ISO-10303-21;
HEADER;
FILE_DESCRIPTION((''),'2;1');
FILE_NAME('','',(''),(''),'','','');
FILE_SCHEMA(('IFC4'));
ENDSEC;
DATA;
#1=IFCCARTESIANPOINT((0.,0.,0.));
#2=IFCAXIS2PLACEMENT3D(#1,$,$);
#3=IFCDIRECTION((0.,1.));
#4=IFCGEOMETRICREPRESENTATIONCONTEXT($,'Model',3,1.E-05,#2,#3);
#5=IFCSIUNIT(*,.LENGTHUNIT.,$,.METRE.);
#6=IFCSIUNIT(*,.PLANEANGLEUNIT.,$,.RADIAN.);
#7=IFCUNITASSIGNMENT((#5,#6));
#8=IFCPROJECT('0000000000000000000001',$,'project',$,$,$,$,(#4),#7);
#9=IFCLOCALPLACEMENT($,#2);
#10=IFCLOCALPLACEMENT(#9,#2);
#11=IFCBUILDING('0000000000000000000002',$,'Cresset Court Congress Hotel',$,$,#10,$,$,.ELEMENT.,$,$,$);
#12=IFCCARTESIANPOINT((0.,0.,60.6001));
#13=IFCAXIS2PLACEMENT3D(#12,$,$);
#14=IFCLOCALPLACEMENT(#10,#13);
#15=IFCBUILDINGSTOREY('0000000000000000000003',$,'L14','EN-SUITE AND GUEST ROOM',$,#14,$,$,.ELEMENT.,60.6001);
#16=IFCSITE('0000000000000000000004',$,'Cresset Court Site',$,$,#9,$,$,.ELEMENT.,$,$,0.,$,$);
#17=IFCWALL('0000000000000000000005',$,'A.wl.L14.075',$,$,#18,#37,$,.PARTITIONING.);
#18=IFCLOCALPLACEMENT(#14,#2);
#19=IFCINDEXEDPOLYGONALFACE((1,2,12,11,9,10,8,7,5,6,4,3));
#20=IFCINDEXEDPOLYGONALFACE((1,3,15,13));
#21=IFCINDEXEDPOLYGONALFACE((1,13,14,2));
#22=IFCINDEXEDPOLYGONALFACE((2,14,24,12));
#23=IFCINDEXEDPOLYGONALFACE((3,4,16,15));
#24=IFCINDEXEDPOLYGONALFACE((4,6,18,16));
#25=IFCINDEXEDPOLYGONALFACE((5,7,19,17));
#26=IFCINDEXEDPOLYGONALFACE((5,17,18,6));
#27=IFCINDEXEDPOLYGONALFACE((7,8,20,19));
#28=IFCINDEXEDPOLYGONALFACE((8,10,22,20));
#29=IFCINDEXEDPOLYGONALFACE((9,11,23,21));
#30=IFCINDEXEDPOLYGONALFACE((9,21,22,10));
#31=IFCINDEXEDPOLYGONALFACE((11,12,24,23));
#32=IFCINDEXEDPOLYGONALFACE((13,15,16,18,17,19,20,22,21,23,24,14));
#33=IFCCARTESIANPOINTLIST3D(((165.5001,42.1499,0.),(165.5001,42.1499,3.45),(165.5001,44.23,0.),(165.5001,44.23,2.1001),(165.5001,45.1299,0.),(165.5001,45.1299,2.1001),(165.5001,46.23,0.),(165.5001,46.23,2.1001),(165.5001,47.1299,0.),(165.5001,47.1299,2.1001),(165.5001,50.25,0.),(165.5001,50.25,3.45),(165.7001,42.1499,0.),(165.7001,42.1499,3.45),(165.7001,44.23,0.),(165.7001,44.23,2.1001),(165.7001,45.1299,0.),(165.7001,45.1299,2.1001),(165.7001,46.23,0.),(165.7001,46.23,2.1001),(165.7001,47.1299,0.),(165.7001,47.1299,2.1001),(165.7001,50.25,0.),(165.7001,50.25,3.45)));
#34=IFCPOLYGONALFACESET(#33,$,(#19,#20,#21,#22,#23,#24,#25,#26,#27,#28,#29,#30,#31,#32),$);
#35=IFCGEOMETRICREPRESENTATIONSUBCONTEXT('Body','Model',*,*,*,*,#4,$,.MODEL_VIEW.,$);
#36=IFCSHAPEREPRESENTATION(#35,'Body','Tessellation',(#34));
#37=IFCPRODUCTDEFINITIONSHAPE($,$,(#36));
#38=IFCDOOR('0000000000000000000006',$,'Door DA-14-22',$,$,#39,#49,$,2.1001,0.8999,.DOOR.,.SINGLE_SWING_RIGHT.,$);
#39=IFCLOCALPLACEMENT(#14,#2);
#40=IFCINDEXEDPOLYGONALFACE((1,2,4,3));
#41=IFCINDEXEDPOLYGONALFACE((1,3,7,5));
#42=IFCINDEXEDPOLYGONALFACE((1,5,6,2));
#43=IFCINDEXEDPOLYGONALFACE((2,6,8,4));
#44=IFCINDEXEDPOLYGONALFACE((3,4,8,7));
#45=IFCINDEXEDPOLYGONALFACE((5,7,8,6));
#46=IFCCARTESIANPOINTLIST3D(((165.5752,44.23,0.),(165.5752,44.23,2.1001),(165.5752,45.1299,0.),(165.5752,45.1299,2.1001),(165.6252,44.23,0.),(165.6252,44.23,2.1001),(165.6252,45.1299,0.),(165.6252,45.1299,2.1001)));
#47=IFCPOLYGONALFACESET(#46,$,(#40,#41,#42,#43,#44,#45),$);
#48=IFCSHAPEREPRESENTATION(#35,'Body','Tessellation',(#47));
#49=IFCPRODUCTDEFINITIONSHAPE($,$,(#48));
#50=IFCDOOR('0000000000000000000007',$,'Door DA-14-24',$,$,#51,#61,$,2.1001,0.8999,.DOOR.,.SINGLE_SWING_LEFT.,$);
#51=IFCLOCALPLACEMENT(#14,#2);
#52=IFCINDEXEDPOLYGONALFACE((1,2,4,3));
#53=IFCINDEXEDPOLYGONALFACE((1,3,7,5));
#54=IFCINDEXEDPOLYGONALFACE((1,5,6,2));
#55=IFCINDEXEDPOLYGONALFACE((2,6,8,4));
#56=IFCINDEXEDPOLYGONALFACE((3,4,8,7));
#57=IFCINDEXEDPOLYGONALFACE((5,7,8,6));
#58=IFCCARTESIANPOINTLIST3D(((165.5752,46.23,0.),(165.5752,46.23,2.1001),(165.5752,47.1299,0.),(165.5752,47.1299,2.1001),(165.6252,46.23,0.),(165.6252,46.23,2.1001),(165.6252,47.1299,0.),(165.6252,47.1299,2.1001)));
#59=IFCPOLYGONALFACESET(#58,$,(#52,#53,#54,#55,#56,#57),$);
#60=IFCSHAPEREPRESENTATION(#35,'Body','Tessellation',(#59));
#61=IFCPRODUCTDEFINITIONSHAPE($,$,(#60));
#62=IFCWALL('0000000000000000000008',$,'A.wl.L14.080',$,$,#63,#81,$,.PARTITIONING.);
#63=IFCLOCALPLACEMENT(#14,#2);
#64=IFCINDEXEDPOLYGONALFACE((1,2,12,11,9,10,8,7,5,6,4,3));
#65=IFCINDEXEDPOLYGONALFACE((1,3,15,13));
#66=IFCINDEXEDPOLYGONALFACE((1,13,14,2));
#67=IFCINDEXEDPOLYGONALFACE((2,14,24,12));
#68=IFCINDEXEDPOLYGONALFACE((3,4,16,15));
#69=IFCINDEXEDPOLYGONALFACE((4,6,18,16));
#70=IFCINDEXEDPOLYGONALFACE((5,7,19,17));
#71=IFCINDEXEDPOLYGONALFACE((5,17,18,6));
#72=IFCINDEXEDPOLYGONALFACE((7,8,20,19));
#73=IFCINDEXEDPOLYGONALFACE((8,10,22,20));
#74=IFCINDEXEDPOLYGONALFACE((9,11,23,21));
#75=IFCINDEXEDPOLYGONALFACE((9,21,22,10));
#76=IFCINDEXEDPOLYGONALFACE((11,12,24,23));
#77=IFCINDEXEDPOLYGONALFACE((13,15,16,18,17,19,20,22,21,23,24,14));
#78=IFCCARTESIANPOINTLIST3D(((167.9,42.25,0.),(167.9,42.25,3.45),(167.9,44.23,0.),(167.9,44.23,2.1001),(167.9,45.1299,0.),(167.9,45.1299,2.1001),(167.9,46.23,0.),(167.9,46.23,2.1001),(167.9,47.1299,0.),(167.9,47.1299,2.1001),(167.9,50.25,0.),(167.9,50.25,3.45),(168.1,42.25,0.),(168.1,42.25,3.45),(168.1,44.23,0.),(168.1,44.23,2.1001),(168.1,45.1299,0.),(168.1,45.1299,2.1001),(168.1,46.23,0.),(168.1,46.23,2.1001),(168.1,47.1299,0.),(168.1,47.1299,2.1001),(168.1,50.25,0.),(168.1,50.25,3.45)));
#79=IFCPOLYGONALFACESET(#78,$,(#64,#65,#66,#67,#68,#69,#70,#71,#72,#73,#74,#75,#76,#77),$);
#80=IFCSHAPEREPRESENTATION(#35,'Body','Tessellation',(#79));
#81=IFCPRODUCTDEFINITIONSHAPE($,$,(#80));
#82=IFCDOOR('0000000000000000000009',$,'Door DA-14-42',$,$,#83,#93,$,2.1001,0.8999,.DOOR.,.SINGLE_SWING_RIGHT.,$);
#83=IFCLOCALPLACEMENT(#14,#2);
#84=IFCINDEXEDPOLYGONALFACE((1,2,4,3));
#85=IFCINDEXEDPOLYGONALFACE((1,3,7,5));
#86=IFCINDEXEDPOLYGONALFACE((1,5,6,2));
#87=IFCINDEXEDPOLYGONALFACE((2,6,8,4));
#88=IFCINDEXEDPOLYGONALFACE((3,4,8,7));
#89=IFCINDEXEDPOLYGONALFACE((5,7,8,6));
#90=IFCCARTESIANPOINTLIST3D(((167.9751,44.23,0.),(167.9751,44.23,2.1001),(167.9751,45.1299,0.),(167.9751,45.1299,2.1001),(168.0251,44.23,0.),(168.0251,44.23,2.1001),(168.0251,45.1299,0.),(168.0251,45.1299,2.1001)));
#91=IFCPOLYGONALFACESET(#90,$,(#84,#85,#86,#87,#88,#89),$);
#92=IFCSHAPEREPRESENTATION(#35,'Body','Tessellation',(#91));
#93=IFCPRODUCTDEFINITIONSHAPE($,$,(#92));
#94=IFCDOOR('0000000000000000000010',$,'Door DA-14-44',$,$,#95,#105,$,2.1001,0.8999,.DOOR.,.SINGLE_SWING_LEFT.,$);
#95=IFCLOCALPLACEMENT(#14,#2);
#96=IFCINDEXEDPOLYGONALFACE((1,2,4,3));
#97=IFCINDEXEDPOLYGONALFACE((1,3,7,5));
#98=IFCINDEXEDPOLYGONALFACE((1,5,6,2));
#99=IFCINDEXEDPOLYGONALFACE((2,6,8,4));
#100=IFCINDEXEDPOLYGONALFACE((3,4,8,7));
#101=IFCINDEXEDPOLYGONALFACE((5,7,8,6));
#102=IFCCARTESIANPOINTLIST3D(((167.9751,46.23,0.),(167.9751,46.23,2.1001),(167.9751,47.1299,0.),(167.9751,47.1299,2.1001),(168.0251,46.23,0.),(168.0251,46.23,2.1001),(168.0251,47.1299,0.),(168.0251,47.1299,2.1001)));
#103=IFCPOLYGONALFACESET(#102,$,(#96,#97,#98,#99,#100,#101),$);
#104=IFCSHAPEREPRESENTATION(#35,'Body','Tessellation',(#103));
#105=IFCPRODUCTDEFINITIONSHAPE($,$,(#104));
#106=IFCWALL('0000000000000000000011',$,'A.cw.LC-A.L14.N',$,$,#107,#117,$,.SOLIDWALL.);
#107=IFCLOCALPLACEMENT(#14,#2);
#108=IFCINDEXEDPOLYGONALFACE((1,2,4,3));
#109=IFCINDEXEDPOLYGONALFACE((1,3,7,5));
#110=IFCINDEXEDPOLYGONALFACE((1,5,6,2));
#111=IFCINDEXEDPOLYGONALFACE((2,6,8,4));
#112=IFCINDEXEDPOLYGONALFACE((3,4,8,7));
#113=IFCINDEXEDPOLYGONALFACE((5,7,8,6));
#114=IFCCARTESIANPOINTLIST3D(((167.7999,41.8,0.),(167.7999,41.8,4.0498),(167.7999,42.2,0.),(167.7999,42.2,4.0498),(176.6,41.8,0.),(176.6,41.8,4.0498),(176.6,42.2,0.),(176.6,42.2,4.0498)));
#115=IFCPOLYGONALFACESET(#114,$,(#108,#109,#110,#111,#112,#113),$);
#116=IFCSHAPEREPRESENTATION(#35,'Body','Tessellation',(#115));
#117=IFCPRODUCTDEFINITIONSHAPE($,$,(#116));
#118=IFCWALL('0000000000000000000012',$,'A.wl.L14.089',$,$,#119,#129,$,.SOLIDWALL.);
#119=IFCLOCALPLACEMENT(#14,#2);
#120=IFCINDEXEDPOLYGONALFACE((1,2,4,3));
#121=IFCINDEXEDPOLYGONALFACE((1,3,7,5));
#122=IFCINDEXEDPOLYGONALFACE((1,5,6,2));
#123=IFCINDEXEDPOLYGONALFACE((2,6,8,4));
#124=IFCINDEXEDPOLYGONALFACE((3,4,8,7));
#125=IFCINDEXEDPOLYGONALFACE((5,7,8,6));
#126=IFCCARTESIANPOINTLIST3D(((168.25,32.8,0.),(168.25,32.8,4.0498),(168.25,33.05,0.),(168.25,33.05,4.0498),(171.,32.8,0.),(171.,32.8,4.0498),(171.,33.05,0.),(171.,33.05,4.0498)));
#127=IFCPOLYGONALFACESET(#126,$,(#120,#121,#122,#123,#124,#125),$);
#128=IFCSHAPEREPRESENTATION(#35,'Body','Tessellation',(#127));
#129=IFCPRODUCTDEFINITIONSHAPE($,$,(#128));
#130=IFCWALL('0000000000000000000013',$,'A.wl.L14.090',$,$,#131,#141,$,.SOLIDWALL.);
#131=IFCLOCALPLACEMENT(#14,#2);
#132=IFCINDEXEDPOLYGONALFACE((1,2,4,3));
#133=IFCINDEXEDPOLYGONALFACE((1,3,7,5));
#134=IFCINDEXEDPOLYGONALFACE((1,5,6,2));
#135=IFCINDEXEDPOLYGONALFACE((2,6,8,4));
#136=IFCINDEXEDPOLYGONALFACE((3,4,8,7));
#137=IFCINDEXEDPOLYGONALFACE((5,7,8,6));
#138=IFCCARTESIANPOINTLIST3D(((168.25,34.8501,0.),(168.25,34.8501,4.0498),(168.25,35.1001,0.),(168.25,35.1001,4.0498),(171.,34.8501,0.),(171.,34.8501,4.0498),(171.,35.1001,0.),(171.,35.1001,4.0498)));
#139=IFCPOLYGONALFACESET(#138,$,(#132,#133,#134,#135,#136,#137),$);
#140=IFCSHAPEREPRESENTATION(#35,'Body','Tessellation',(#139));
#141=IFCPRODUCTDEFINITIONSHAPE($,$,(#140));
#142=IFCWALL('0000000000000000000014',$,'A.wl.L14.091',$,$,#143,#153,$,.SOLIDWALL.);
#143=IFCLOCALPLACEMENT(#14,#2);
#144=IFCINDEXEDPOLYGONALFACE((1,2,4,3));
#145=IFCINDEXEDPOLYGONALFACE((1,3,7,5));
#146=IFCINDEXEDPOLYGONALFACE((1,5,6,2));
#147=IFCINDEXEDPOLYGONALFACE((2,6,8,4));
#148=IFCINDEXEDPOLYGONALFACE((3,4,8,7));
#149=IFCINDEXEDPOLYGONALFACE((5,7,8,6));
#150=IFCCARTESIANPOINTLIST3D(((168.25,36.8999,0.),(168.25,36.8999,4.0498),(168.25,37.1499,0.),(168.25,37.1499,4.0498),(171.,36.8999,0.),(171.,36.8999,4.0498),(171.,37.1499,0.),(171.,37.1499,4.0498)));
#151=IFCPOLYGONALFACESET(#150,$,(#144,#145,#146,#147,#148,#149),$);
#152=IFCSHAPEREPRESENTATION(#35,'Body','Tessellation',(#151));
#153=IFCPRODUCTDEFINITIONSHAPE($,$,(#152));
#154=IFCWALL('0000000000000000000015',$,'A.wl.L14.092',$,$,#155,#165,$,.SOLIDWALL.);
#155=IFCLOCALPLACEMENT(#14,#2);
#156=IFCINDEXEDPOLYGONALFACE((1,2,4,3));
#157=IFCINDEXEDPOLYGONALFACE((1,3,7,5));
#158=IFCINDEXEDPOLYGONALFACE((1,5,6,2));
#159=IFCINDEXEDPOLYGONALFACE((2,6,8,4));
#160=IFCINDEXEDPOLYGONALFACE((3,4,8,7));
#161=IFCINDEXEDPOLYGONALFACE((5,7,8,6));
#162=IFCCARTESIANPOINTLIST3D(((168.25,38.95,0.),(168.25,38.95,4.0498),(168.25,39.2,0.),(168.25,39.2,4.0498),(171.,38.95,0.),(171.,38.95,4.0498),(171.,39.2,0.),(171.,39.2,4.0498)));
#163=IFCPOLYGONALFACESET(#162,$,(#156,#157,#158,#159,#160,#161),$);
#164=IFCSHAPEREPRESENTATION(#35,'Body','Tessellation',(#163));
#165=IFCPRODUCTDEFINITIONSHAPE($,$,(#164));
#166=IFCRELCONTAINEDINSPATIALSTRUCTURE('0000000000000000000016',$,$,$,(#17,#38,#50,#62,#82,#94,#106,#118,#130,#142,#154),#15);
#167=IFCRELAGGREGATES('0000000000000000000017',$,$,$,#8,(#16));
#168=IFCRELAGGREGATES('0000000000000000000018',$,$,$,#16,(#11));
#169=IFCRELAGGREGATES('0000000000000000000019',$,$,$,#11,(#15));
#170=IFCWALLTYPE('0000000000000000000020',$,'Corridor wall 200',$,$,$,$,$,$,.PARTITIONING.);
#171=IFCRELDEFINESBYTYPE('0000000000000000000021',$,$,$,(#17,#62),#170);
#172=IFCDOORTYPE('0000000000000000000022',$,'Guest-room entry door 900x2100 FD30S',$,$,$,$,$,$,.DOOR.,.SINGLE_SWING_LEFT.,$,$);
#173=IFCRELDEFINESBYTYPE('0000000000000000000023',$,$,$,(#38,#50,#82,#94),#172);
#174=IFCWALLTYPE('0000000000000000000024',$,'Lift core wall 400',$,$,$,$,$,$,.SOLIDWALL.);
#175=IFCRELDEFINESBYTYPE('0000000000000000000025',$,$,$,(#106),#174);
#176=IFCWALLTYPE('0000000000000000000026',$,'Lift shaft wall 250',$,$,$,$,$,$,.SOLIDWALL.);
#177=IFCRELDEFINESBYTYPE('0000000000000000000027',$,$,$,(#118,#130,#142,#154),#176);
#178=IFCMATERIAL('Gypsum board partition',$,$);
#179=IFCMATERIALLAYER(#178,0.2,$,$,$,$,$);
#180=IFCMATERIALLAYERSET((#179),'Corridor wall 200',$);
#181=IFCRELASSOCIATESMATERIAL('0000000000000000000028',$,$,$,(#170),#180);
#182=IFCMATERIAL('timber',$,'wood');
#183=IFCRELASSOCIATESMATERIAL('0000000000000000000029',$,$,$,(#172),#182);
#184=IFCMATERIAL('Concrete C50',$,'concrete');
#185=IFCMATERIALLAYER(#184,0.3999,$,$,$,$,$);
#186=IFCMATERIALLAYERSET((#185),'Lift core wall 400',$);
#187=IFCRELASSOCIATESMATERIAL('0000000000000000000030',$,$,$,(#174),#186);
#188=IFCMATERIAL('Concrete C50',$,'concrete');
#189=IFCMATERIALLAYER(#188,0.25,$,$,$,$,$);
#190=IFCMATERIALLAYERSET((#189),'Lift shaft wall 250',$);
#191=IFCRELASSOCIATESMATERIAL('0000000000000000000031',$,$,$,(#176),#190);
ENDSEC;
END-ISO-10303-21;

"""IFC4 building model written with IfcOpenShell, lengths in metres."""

from ifc_helpers import new_model, si_unit, direction, frame, frame_2d, origin, place, context, subcontext, project, spatial, rectangle, extrude, material, layer, layer_set, type_object, element, fill, save


model = new_model("IFC4")

# Units and contexts
model_context = context("Model", 3, precision=1e-05, world=origin(), true_north=direction((0.0, 1.0)))
body_context = subcontext(model_context, "Body", "Model", "MODEL_VIEW")
ifc_project = project(units=[si_unit("LENGTHUNIT", "METRE"), si_unit("PLANEANGLEUNIT", "RADIAN")], contexts=[model_context])

# Site, building, storey
site_placement = place(None, origin())
site = spatial("IfcSite", under=ifc_project, at=site_placement, Name="Cresset Court Site", CompositionType="ELEMENT", RefElevation=0.0)
building_placement = place(site_placement, origin())
building = spatial("IfcBuilding", under=site, at=building_placement, Name="Cresset Court Congress Hotel", CompositionType="ELEMENT")
storey_placement = place(building_placement, frame((0.0, 0.0, 60.6001)))
storey = spatial("IfcBuildingStorey", under=building, at=storey_placement, Name="L14", Description="EN-SUITE AND GUEST ROOM", CompositionType="ELEMENT", Elevation=60.6001)

# Walls, openings, doors
ifc_material_1 = material(Name="Gypsum board partition")
ifc_layer_1 = layer(ifc_material_1, 0.2)
ifc_layer_set_1 = layer_set([ifc_layer_1], Name="Corridor wall 200")
wall_type_1 = type_object("IfcWallType", Name="Corridor wall 200", PredefinedType="PARTITIONING", material=ifc_layer_set_1)
ifc_material_2 = material(Name="timber", Category="wood")
door_type = type_object("IfcDoorType", Name="Guest-room entry door 900x2100 FD30S", OperationType="SINGLE_SWING_LEFT", PredefinedType="DOOR", material=ifc_material_2)
wall_1_placement = place(storey_placement, frame((165.6001, 42.1499, 0.0), z_axis=(0.0, 0.0, 1.0), x_axis=(0.0, 1.0, 0.0)))
wall_1 = element("IfcWall", 1, at=wall_1_placement, inside=storey, type_object=wall_type_1, Name="A.wl.L14.075", PredefinedType="PARTITIONING", context=body_context, shape_type="SweptSolid", body=[
    extrude(rectangle(XDim=8.1001, YDim=0.2, at=frame_2d((4.05, 0.0))), origin(), (0.0, 0.0, 1.0), 3.45),
])
opening_1_placement = place(wall_1_placement, frame((2.0801, 0.0, 0.0)))
opening_1 = element("IfcOpeningElement", 2, at=opening_1_placement, cuts=wall_1, PredefinedType="OPENING", context=body_context, shape_type="SweptSolid", body=[
    extrude(rectangle(XDim=0.8999, YDim=2.1001, at=frame_2d((0.45, 1.05))), frame((0.0, 0.1099, 0.0), z_axis=(0.0, -1.0, 0.0), x_axis=(1.0, 0.0, 0.0)), (0.0, 0.0, 1.0), 0.22),
])
opening_2_placement = place(wall_1_placement, frame((4.0801, 0.0, 0.0)))
opening_2 = element("IfcOpeningElement", 3, at=opening_2_placement, cuts=wall_1, PredefinedType="OPENING", context=body_context, shape_type="SweptSolid", body=[
    extrude(rectangle(XDim=0.8999, YDim=2.1001, at=frame_2d((0.45, 1.05))), frame((0.0, 0.1099, 0.0), z_axis=(0.0, -1.0, 0.0), x_axis=(1.0, 0.0, 0.0)), (0.0, 0.0, 1.0), 0.22),
])
door_1_placement = place(opening_1_placement, origin())
door_1 = element("IfcDoor", 4, at=door_1_placement, inside=storey, type_object=door_type, Name="Door DA-14-22", OperationType="SINGLE_SWING_RIGHT", OverallHeight=2.1001, OverallWidth=0.8999, PredefinedType="DOOR", context=body_context, shape_type="SweptSolid", body=[
    extrude(rectangle(XDim=0.8999, YDim=2.1001, at=frame_2d((0.45, 1.05))), frame((0.0, 0.0249, 0.0), z_axis=(0.0, -1.0, 0.0), x_axis=(1.0, 0.0, 0.0)), (0.0, 0.0, 1.0), 0.05),
])
fill(opening_1, door_1)
door_2_placement = place(opening_2_placement, origin())
door_2 = element("IfcDoor", 5, at=door_2_placement, inside=storey, type_object=door_type, Name="Door DA-14-24", OperationType="SINGLE_SWING_LEFT", OverallHeight=2.1001, OverallWidth=0.8999, PredefinedType="DOOR", context=body_context, shape_type="SweptSolid", body=[
    extrude(rectangle(XDim=0.8999, YDim=2.1001, at=frame_2d((0.45, 1.05))), frame((0.0, 0.0249, 0.0), z_axis=(0.0, -1.0, 0.0), x_axis=(1.0, 0.0, 0.0)), (0.0, 0.0, 1.0), 0.05),
])
fill(opening_2, door_2)
wall_2_placement = place(storey_placement, frame((168.0, 42.25, 0.0), z_axis=(0.0, 0.0, 1.0), x_axis=(0.0, 1.0, 0.0)))
wall_2 = element("IfcWall", 6, at=wall_2_placement, inside=storey, type_object=wall_type_1, Name="A.wl.L14.080", PredefinedType="PARTITIONING", context=body_context, shape_type="SweptSolid", body=[
    extrude(rectangle(XDim=8.0, YDim=0.2, at=frame_2d((4.0, 0.0))), origin(), (0.0, 0.0, 1.0), 3.45),
])
opening_3_placement = place(wall_2_placement, frame((1.98, 0.0, 0.0)))
opening_3 = element("IfcOpeningElement", 7, at=opening_3_placement, cuts=wall_2, PredefinedType="OPENING", context=body_context, shape_type="SweptSolid", body=[
    extrude(rectangle(XDim=0.8999, YDim=2.1001, at=frame_2d((0.45, 1.05))), frame((0.0, 0.1099, 0.0), z_axis=(0.0, -1.0, 0.0), x_axis=(1.0, 0.0, 0.0)), (0.0, 0.0, 1.0), 0.22),
])
opening_4_placement = place(wall_2_placement, frame((3.98, 0.0, 0.0)))
opening_4 = element("IfcOpeningElement", 8, at=opening_4_placement, cuts=wall_2, PredefinedType="OPENING", context=body_context, shape_type="SweptSolid", body=[
    extrude(rectangle(XDim=0.8999, YDim=2.1001, at=frame_2d((0.45, 1.05))), frame((0.0, 0.1099, 0.0), z_axis=(0.0, -1.0, 0.0), x_axis=(1.0, 0.0, 0.0)), (0.0, 0.0, 1.0), 0.22),
])
door_3_placement = place(opening_3_placement, origin())
door_3 = element("IfcDoor", 9, at=door_3_placement, inside=storey, type_object=door_type, Name="Door DA-14-42", OperationType="SINGLE_SWING_RIGHT", OverallHeight=2.1001, OverallWidth=0.8999, PredefinedType="DOOR", context=body_context, shape_type="SweptSolid", body=[
    extrude(rectangle(XDim=0.8999, YDim=2.1001, at=frame_2d((0.45, 1.05))), frame((0.0, 0.0249, 0.0), z_axis=(0.0, -1.0, 0.0), x_axis=(1.0, 0.0, 0.0)), (0.0, 0.0, 1.0), 0.05),
])
fill(opening_3, door_3)
door_4_placement = place(opening_4_placement, origin())
door_4 = element("IfcDoor", 10, at=door_4_placement, inside=storey, type_object=door_type, Name="Door DA-14-44", OperationType="SINGLE_SWING_LEFT", OverallHeight=2.1001, OverallWidth=0.8999, PredefinedType="DOOR", context=body_context, shape_type="SweptSolid", body=[
    extrude(rectangle(XDim=0.8999, YDim=2.1001, at=frame_2d((0.45, 1.05))), frame((0.0, 0.0249, 0.0), z_axis=(0.0, -1.0, 0.0), x_axis=(1.0, 0.0, 0.0)), (0.0, 0.0, 1.0), 0.05),
])
fill(opening_4, door_4)

# Walls
ifc_material_3 = material(Name="Concrete C50", Category="concrete")
ifc_layer_2 = layer(ifc_material_3, 0.3999)
ifc_layer_set_2 = layer_set([ifc_layer_2], Name="Lift core wall 400")
wall_type_2 = type_object("IfcWallType", Name="Lift core wall 400", PredefinedType="SOLIDWALL", material=ifc_layer_set_2)
wall_3_placement = place(storey_placement, frame((167.8, 42.0, 0.0), z_axis=(0.0, 0.0, 1.0), x_axis=(1.0, 0.0, 0.0)))
element("IfcWall", 11, at=wall_3_placement, inside=storey, type_object=wall_type_2, Name="A.cw.LC-A.L14.N", PredefinedType="SOLIDWALL", context=body_context, shape_type="SweptSolid", body=[
    extrude(rectangle(XDim=8.8, YDim=0.3999, at=frame_2d((4.3999, 0.0))), origin(), (0.0, 0.0, 1.0), 4.0498),
])
ifc_material_4 = material(Name="Concrete C50", Category="concrete")
ifc_layer_3 = layer(ifc_material_4, 0.25)
ifc_layer_set_3 = layer_set([ifc_layer_3], Name="Lift shaft wall 250")
wall_type_3 = type_object("IfcWallType", Name="Lift shaft wall 250", PredefinedType="SOLIDWALL", material=ifc_layer_set_3)
for number, where, z_axis, x_axis, name in (
    (12, (168.25, 32.925, 0.0), (0.0, 0.0, 1.0), (1.0, 0.0, 0.0), "A.wl.L14.089"),
    (13, (168.25, 34.9751, 0.0), (0.0, 0.0, 1.0), (1.0, 0.0, 0.0), "A.wl.L14.090"),
    (14, (168.25, 37.0249, 0.0), (0.0, 0.0, 1.0), (1.0, 0.0, 0.0), "A.wl.L14.091"),
    (15, (168.25, 39.075, 0.0), (0.0, 0.0, 1.0), (1.0, 0.0, 0.0), "A.wl.L14.092"),
):
    element("IfcWall", number, at=place(storey_placement, frame(where, z_axis=z_axis, x_axis=x_axis)), inside=storey, type_object=wall_type_3, Name=name, PredefinedType="SOLIDWALL", context=body_context, shape_type="SweptSolid", body=[
        extrude(rectangle(XDim=2.75, YDim=0.25, at=frame_2d((1.375, 0.0))), origin(), (0.0, 0.0, 1.0), 4.0498),
    ])

save(model, "model.ifc")
